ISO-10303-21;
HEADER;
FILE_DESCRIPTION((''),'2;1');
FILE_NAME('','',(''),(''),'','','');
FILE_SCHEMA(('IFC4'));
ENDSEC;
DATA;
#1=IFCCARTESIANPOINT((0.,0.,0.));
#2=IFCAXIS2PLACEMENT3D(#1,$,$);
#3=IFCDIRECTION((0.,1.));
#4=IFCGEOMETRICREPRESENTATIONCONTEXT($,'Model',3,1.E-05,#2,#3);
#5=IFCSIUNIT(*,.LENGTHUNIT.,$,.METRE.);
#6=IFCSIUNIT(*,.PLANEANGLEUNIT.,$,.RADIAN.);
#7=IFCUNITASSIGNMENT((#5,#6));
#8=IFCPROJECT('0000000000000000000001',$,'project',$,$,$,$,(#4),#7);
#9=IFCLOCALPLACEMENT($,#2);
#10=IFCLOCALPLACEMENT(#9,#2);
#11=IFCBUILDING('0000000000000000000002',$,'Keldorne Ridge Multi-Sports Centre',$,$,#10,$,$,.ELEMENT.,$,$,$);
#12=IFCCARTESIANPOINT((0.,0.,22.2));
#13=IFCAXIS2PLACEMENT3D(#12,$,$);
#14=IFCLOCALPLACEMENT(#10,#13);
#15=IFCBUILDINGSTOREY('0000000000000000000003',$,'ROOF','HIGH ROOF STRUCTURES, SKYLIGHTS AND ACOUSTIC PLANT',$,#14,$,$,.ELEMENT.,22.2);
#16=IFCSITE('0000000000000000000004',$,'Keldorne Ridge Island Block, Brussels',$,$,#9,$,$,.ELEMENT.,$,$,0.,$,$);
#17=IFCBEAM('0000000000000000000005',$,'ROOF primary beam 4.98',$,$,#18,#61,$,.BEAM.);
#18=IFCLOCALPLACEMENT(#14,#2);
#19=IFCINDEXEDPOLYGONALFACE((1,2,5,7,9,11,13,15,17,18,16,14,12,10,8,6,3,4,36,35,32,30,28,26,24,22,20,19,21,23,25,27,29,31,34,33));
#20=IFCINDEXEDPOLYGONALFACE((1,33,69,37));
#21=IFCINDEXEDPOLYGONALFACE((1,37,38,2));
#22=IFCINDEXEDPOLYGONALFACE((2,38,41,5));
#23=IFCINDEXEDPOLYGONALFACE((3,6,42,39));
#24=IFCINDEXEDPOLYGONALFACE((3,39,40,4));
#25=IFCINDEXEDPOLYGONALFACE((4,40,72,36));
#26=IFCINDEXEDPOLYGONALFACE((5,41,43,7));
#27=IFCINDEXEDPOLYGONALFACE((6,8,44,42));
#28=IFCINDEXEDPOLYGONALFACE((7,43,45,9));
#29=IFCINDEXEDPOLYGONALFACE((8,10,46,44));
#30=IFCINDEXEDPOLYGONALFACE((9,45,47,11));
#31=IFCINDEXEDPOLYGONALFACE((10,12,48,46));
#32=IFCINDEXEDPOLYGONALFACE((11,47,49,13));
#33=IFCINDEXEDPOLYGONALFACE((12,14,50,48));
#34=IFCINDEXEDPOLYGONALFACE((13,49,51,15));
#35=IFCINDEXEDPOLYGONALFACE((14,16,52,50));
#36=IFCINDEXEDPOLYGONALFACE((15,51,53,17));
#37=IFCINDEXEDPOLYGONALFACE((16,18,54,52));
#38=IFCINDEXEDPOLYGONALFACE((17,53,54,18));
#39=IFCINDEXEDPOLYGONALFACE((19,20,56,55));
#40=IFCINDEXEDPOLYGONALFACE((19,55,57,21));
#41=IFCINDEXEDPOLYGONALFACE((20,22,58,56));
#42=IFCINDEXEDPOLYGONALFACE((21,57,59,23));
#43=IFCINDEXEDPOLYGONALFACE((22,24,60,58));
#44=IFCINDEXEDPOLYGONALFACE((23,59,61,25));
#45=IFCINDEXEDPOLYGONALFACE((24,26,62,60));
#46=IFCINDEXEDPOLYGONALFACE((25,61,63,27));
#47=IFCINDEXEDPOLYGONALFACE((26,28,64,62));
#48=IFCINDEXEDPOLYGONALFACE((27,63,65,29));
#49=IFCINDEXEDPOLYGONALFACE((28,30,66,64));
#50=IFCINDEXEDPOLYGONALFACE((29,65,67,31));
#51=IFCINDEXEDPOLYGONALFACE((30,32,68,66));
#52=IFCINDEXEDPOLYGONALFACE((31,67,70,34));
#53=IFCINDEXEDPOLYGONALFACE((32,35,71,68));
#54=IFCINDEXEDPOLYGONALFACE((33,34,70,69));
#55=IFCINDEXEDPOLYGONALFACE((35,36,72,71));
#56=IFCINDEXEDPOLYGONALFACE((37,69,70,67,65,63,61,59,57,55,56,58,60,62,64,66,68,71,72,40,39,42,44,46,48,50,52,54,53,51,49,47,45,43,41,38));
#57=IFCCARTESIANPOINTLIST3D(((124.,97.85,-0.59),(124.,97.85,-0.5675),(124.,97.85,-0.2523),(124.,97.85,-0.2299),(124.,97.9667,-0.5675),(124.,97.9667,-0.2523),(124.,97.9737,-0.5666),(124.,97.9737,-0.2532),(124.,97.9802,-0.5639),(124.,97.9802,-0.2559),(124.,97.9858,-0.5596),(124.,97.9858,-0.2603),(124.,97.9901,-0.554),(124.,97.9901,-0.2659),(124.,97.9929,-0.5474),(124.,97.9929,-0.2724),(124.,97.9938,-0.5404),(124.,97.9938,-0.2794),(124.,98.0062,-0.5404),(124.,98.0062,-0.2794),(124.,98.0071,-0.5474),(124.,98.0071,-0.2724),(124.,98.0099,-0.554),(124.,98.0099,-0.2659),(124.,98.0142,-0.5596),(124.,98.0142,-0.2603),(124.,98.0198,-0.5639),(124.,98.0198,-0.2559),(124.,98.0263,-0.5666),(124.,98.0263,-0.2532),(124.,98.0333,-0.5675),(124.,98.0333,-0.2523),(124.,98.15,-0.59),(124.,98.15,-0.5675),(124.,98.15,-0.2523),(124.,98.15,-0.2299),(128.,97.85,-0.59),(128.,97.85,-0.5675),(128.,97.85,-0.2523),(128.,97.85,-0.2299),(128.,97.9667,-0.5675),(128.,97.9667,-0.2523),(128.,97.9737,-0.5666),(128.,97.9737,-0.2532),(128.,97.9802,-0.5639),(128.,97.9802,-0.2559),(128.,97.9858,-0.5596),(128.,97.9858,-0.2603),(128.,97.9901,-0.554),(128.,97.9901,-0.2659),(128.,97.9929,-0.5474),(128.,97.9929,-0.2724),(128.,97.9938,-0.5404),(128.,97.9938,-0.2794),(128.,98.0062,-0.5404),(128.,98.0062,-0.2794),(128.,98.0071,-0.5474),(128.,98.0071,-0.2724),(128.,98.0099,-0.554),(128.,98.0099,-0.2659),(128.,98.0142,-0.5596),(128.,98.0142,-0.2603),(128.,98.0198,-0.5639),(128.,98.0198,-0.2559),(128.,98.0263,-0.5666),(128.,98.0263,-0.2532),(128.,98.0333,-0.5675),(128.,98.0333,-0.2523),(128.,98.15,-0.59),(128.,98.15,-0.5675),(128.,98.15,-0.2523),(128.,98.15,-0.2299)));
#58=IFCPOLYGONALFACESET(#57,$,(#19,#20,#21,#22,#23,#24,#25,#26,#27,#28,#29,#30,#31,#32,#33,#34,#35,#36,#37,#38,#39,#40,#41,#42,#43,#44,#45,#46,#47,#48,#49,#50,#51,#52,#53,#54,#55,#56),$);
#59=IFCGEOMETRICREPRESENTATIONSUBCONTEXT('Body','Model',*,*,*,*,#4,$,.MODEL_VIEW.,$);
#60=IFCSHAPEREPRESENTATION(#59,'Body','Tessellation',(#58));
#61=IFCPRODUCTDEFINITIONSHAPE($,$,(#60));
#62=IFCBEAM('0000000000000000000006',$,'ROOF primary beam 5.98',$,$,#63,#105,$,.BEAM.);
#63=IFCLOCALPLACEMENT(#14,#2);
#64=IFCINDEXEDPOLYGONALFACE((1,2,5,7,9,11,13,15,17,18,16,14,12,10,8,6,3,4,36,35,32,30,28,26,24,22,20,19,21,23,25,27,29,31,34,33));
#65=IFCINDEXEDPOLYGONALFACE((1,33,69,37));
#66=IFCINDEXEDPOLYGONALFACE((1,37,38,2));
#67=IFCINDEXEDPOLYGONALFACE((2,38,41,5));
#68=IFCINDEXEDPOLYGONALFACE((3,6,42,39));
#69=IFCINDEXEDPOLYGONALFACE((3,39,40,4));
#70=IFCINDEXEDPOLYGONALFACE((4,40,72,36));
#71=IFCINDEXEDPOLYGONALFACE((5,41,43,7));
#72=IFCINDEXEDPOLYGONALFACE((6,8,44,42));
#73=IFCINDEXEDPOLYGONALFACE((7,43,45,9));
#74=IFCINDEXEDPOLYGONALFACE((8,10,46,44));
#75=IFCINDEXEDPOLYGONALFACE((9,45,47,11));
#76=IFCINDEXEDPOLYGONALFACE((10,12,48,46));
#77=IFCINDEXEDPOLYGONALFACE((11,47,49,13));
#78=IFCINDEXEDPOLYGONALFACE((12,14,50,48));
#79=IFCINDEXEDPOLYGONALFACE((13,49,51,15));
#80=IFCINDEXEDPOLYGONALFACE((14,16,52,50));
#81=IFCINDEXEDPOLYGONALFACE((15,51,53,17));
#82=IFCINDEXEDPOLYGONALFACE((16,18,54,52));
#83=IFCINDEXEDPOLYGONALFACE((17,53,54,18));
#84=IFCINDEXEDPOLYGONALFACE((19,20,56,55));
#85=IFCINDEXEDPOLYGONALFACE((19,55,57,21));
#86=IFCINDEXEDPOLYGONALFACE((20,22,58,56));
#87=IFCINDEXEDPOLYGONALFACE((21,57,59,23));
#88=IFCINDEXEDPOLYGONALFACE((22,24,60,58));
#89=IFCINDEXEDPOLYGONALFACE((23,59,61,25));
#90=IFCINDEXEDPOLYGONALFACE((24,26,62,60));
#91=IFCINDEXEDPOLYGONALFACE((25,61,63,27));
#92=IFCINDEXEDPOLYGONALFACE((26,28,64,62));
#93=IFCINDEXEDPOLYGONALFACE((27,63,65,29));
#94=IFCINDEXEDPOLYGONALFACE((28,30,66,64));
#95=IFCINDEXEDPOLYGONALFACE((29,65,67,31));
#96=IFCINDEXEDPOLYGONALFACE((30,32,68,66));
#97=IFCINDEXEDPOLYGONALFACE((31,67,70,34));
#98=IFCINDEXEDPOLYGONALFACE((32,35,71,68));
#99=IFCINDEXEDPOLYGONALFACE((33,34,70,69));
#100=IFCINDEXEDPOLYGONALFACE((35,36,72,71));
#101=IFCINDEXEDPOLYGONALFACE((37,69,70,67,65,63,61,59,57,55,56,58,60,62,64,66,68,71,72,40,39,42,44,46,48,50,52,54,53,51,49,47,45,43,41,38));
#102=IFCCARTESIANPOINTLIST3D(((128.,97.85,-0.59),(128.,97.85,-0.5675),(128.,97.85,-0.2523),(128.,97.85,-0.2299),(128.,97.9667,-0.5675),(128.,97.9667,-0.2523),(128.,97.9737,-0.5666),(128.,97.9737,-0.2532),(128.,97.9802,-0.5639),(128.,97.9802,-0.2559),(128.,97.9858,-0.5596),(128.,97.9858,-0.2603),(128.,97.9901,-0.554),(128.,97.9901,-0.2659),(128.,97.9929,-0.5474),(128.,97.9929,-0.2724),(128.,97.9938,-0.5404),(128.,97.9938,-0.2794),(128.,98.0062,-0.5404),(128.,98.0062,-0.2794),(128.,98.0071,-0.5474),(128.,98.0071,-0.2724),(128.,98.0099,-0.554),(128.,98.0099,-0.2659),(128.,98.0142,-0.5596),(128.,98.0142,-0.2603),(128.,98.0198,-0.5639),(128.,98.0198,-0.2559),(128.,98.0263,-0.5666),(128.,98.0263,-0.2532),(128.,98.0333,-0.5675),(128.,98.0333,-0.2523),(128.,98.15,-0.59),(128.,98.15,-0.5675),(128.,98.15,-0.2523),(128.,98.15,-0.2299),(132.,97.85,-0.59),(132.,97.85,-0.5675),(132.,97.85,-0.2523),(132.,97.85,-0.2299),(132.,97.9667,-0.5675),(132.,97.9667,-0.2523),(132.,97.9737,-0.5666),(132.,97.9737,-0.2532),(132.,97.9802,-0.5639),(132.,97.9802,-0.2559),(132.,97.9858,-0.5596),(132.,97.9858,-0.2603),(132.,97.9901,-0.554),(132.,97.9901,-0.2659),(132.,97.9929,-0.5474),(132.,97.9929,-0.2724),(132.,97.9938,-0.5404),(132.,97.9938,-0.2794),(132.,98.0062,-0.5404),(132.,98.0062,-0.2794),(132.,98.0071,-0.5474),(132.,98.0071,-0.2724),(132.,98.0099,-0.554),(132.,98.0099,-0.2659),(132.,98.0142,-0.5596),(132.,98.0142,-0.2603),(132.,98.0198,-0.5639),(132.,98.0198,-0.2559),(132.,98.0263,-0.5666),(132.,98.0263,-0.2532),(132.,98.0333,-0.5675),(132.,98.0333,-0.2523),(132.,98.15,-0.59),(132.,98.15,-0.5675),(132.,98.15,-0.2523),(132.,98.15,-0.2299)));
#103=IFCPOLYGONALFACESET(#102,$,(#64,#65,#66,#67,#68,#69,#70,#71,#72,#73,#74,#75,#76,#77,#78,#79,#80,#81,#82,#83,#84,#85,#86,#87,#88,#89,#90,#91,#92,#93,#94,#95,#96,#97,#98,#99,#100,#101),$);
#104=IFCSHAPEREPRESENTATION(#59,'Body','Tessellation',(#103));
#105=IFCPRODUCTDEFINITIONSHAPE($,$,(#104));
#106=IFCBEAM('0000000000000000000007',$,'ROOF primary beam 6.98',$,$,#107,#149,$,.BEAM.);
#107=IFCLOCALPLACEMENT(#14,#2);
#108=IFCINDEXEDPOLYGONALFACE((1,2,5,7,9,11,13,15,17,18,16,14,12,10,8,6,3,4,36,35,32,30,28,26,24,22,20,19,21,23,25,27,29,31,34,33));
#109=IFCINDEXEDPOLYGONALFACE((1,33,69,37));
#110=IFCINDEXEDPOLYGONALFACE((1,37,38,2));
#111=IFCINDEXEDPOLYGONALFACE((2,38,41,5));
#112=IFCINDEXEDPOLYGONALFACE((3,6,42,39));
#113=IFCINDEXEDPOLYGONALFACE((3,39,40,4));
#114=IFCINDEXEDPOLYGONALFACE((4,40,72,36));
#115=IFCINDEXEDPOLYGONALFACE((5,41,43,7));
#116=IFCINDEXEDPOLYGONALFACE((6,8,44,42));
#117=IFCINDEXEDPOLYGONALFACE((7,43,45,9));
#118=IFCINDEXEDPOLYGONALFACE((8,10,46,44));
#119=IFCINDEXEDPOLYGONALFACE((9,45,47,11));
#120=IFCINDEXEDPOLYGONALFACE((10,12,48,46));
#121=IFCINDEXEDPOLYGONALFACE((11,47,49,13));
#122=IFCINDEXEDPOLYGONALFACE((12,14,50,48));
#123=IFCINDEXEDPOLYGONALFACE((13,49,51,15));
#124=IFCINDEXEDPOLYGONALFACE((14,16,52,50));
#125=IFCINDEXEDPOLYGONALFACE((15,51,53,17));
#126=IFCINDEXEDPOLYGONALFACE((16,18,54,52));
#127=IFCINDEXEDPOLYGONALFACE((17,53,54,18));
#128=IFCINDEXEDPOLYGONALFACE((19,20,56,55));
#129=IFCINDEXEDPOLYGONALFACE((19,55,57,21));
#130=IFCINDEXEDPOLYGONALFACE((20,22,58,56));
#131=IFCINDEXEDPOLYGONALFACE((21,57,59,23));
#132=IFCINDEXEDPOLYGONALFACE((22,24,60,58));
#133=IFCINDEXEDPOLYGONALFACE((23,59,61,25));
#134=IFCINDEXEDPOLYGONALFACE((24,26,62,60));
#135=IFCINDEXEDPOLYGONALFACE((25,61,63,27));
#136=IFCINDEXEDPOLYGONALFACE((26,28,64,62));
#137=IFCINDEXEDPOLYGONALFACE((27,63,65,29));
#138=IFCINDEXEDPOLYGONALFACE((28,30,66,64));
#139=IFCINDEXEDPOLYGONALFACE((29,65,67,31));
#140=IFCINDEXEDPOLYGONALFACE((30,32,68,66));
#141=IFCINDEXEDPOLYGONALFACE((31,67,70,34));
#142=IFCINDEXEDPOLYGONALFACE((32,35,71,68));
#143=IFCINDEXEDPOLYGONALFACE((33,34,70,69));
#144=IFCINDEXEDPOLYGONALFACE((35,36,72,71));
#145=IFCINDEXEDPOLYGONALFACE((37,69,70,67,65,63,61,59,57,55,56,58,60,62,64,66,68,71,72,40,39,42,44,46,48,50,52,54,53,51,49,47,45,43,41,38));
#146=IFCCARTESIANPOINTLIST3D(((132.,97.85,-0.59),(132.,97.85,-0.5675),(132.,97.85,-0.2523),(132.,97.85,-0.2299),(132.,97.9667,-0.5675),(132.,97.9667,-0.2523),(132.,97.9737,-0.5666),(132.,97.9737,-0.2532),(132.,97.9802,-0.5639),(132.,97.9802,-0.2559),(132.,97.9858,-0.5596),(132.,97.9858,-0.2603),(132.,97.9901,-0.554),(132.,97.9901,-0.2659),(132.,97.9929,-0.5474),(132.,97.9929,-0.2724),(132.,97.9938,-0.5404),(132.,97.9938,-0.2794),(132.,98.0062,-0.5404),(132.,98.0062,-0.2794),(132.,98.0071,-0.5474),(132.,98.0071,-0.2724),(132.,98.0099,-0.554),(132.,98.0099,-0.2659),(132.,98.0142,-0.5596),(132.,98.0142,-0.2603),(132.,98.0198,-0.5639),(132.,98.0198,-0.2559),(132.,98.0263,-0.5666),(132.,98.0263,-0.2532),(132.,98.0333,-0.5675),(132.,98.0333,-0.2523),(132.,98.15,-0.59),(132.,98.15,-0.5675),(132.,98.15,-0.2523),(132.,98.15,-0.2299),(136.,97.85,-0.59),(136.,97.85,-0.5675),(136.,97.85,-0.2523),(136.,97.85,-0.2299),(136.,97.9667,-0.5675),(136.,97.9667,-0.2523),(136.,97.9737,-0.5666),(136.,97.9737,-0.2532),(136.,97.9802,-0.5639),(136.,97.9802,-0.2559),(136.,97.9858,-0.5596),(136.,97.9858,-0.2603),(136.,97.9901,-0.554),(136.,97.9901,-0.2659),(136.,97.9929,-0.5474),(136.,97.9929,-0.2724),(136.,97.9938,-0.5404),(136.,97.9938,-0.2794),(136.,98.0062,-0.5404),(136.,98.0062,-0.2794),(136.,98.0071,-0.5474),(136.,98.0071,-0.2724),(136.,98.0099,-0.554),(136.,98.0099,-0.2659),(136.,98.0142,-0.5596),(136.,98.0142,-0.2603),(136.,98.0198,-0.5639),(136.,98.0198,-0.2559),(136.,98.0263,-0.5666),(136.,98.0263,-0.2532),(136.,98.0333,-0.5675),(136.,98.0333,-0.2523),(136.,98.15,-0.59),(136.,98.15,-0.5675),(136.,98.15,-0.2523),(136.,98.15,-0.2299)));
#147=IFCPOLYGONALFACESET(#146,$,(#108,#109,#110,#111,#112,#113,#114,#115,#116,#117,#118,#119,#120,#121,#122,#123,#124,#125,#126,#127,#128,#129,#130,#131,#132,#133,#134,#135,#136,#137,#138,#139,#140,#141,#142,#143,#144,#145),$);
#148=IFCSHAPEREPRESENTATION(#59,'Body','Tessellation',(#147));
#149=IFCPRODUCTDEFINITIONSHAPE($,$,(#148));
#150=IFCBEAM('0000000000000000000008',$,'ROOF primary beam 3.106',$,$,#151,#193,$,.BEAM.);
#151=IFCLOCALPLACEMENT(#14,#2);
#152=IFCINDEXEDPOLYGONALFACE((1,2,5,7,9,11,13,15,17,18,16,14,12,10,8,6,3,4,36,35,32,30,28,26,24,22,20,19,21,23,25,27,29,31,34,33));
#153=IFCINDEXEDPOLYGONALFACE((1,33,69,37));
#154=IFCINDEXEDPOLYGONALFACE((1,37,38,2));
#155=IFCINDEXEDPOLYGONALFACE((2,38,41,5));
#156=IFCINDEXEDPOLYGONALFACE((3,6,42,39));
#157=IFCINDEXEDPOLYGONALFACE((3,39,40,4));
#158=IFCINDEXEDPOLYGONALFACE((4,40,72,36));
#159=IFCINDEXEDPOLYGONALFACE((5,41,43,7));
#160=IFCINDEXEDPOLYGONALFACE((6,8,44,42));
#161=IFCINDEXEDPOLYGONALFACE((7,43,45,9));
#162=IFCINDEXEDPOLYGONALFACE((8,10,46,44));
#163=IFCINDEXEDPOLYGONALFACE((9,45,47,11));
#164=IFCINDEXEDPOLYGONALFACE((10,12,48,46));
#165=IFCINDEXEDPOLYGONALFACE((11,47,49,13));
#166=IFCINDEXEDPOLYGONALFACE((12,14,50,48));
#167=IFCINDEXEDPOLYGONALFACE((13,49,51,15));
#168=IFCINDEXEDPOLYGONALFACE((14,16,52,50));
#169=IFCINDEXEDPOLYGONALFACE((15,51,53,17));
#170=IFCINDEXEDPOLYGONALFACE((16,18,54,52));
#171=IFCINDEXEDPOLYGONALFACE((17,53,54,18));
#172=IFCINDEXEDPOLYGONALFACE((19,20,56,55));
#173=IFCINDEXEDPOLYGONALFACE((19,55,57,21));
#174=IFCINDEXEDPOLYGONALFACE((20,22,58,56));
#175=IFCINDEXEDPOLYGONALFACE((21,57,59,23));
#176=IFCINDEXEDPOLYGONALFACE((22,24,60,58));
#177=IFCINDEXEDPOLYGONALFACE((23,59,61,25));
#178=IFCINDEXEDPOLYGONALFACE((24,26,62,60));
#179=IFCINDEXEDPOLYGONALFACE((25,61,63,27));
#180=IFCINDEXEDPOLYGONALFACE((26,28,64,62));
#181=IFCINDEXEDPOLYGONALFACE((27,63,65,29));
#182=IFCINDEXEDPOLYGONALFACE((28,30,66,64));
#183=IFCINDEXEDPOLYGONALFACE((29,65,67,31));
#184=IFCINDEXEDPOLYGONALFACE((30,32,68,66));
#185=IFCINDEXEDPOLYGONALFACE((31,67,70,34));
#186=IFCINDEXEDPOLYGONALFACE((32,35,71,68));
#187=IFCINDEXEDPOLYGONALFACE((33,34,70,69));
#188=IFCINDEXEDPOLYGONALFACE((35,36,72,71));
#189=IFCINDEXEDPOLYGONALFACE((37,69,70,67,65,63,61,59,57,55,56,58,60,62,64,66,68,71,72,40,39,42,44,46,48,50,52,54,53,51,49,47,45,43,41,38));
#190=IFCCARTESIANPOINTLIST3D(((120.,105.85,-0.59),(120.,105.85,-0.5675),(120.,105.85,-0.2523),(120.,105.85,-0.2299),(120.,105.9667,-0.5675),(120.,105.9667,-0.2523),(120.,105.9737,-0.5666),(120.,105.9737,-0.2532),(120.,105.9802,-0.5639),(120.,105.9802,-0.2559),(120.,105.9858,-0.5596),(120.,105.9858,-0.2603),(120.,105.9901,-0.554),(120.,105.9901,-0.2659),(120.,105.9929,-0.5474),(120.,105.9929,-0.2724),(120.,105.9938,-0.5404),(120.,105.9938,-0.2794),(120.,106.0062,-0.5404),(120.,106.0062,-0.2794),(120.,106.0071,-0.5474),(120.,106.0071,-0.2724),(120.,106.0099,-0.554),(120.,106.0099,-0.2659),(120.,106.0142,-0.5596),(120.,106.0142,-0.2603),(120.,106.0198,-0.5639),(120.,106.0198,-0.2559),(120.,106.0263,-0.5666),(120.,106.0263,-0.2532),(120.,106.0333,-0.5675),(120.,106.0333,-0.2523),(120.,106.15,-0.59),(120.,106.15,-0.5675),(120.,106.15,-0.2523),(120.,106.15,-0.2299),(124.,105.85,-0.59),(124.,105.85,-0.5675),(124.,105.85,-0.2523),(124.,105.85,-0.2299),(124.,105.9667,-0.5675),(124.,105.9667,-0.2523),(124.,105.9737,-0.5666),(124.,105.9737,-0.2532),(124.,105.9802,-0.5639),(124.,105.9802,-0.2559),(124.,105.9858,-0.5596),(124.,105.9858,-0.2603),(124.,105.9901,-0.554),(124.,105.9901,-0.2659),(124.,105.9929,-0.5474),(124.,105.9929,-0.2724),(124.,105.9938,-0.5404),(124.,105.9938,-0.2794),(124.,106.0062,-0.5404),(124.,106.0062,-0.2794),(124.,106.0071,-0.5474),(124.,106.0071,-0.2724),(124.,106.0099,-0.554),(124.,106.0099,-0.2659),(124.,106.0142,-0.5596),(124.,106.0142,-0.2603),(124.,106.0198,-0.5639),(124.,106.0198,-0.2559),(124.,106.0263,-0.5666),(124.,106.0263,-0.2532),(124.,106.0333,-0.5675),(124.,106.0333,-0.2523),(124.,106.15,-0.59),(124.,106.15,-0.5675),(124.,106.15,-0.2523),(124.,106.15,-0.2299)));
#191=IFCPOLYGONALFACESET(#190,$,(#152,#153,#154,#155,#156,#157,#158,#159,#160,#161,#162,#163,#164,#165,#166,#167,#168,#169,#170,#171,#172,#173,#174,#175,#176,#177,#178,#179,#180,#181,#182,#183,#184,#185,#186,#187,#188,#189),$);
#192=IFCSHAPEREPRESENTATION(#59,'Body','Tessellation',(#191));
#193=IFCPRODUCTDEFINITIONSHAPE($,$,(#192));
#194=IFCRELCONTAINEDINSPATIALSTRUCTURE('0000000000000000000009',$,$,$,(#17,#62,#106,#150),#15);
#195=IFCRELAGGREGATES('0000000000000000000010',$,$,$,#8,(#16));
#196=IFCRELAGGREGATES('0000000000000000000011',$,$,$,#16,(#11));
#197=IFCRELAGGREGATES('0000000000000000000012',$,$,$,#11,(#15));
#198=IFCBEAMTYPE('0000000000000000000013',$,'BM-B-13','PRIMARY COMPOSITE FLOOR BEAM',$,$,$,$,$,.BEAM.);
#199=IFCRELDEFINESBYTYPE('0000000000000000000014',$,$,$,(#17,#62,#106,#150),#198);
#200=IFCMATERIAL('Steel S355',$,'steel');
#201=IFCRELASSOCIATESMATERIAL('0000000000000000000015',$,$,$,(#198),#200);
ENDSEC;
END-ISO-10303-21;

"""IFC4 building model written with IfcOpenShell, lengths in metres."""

from ifc_helpers import new_model, si_unit, direction, frame, origin, origin_2d, place, context, subcontext, project, spatial, i_section, extrude, material, material_profile, profile_set, type_object, element, save


model = new_model("IFC4")

# Units and contexts
model_context = context("Model", 3, precision=1e-05, world=origin(), true_north=direction((0.0, 1.0)))
body_context = subcontext(model_context, "Body", "Model", "MODEL_VIEW")
ifc_project = project(units=[si_unit("LENGTHUNIT", "METRE"), si_unit("PLANEANGLEUNIT", "RADIAN")], contexts=[model_context])

# Site, building, storey
site_placement = place(None, origin())
site = spatial("IfcSite", under=ifc_project, at=site_placement, Name="Keldorne Ridge Island Block, Brussels", CompositionType="ELEMENT", RefElevation=0.0)
building_placement = place(site_placement, origin())
building = spatial("IfcBuilding", under=site, at=building_placement, Name="Keldorne Ridge Multi-Sports Centre", CompositionType="ELEMENT")
storey_placement = place(building_placement, frame((0.0, 0.0, 22.2)))
storey = spatial("IfcBuildingStorey", under=building, at=storey_placement, Name="ROOF", Description="HIGH ROOF STRUCTURES, SKYLIGHTS AND ACOUSTIC PLANT", CompositionType="ELEMENT", Elevation=22.2)

# Beams
ifc_material_1 = material(Name="Steel S355", Category="steel")
ifc_material_profile_1 = material_profile(ifc_material_1, i_section(OverallWidth=0.3, OverallDepth=0.3601, WebThickness=0.0125, FlangeThickness=0.0225, FilletRadius=0.0271, at=origin_2d()), Name="HEB 360")
ifc_profile_set_1 = profile_set([ifc_material_profile_1], Name="Steel S355")
beam_type_1 = type_object("IfcBeamType", Name="BM-B-13", Description="PRIMARY COMPOSITE FLOOR BEAM", PredefinedType="BEAM", material=ifc_profile_set_1)
for number, where, z_axis, x_axis, name in (
    (1, (124.0, 98.0, -0.4099), (1.0, 0.0, 0.0), (0.0, 1.0, 0.0), "ROOF primary beam 4.98"),
    (2, (128.0, 98.0, -0.4099), (1.0, 0.0, 0.0), (0.0, 1.0, 0.0), "ROOF primary beam 5.98"),
    (3, (132.0, 98.0, -0.4099), (1.0, 0.0, 0.0), (0.0, 1.0, 0.0), "ROOF primary beam 6.98"),
    (4, (120.0, 106.0, -0.4099), (1.0, 0.0, 0.0), (0.0, 1.0, 0.0), "ROOF primary beam 3.106"),
):
    element("IfcBeam", number, at=place(storey_placement, frame(where, z_axis=z_axis, x_axis=x_axis)), inside=storey, type_object=beam_type_1, Name=name, PredefinedType="BEAM", context=body_context, shape_type="SweptSolid", body=[
        extrude(i_section(OverallWidth=0.3, OverallDepth=0.3601, WebThickness=0.0125, FlangeThickness=0.0225, FilletRadius=0.0271, at=origin_2d()), origin(), (0.0, 0.0, 1.0), 4.0),
    ])

save(model, "model.ifc")
